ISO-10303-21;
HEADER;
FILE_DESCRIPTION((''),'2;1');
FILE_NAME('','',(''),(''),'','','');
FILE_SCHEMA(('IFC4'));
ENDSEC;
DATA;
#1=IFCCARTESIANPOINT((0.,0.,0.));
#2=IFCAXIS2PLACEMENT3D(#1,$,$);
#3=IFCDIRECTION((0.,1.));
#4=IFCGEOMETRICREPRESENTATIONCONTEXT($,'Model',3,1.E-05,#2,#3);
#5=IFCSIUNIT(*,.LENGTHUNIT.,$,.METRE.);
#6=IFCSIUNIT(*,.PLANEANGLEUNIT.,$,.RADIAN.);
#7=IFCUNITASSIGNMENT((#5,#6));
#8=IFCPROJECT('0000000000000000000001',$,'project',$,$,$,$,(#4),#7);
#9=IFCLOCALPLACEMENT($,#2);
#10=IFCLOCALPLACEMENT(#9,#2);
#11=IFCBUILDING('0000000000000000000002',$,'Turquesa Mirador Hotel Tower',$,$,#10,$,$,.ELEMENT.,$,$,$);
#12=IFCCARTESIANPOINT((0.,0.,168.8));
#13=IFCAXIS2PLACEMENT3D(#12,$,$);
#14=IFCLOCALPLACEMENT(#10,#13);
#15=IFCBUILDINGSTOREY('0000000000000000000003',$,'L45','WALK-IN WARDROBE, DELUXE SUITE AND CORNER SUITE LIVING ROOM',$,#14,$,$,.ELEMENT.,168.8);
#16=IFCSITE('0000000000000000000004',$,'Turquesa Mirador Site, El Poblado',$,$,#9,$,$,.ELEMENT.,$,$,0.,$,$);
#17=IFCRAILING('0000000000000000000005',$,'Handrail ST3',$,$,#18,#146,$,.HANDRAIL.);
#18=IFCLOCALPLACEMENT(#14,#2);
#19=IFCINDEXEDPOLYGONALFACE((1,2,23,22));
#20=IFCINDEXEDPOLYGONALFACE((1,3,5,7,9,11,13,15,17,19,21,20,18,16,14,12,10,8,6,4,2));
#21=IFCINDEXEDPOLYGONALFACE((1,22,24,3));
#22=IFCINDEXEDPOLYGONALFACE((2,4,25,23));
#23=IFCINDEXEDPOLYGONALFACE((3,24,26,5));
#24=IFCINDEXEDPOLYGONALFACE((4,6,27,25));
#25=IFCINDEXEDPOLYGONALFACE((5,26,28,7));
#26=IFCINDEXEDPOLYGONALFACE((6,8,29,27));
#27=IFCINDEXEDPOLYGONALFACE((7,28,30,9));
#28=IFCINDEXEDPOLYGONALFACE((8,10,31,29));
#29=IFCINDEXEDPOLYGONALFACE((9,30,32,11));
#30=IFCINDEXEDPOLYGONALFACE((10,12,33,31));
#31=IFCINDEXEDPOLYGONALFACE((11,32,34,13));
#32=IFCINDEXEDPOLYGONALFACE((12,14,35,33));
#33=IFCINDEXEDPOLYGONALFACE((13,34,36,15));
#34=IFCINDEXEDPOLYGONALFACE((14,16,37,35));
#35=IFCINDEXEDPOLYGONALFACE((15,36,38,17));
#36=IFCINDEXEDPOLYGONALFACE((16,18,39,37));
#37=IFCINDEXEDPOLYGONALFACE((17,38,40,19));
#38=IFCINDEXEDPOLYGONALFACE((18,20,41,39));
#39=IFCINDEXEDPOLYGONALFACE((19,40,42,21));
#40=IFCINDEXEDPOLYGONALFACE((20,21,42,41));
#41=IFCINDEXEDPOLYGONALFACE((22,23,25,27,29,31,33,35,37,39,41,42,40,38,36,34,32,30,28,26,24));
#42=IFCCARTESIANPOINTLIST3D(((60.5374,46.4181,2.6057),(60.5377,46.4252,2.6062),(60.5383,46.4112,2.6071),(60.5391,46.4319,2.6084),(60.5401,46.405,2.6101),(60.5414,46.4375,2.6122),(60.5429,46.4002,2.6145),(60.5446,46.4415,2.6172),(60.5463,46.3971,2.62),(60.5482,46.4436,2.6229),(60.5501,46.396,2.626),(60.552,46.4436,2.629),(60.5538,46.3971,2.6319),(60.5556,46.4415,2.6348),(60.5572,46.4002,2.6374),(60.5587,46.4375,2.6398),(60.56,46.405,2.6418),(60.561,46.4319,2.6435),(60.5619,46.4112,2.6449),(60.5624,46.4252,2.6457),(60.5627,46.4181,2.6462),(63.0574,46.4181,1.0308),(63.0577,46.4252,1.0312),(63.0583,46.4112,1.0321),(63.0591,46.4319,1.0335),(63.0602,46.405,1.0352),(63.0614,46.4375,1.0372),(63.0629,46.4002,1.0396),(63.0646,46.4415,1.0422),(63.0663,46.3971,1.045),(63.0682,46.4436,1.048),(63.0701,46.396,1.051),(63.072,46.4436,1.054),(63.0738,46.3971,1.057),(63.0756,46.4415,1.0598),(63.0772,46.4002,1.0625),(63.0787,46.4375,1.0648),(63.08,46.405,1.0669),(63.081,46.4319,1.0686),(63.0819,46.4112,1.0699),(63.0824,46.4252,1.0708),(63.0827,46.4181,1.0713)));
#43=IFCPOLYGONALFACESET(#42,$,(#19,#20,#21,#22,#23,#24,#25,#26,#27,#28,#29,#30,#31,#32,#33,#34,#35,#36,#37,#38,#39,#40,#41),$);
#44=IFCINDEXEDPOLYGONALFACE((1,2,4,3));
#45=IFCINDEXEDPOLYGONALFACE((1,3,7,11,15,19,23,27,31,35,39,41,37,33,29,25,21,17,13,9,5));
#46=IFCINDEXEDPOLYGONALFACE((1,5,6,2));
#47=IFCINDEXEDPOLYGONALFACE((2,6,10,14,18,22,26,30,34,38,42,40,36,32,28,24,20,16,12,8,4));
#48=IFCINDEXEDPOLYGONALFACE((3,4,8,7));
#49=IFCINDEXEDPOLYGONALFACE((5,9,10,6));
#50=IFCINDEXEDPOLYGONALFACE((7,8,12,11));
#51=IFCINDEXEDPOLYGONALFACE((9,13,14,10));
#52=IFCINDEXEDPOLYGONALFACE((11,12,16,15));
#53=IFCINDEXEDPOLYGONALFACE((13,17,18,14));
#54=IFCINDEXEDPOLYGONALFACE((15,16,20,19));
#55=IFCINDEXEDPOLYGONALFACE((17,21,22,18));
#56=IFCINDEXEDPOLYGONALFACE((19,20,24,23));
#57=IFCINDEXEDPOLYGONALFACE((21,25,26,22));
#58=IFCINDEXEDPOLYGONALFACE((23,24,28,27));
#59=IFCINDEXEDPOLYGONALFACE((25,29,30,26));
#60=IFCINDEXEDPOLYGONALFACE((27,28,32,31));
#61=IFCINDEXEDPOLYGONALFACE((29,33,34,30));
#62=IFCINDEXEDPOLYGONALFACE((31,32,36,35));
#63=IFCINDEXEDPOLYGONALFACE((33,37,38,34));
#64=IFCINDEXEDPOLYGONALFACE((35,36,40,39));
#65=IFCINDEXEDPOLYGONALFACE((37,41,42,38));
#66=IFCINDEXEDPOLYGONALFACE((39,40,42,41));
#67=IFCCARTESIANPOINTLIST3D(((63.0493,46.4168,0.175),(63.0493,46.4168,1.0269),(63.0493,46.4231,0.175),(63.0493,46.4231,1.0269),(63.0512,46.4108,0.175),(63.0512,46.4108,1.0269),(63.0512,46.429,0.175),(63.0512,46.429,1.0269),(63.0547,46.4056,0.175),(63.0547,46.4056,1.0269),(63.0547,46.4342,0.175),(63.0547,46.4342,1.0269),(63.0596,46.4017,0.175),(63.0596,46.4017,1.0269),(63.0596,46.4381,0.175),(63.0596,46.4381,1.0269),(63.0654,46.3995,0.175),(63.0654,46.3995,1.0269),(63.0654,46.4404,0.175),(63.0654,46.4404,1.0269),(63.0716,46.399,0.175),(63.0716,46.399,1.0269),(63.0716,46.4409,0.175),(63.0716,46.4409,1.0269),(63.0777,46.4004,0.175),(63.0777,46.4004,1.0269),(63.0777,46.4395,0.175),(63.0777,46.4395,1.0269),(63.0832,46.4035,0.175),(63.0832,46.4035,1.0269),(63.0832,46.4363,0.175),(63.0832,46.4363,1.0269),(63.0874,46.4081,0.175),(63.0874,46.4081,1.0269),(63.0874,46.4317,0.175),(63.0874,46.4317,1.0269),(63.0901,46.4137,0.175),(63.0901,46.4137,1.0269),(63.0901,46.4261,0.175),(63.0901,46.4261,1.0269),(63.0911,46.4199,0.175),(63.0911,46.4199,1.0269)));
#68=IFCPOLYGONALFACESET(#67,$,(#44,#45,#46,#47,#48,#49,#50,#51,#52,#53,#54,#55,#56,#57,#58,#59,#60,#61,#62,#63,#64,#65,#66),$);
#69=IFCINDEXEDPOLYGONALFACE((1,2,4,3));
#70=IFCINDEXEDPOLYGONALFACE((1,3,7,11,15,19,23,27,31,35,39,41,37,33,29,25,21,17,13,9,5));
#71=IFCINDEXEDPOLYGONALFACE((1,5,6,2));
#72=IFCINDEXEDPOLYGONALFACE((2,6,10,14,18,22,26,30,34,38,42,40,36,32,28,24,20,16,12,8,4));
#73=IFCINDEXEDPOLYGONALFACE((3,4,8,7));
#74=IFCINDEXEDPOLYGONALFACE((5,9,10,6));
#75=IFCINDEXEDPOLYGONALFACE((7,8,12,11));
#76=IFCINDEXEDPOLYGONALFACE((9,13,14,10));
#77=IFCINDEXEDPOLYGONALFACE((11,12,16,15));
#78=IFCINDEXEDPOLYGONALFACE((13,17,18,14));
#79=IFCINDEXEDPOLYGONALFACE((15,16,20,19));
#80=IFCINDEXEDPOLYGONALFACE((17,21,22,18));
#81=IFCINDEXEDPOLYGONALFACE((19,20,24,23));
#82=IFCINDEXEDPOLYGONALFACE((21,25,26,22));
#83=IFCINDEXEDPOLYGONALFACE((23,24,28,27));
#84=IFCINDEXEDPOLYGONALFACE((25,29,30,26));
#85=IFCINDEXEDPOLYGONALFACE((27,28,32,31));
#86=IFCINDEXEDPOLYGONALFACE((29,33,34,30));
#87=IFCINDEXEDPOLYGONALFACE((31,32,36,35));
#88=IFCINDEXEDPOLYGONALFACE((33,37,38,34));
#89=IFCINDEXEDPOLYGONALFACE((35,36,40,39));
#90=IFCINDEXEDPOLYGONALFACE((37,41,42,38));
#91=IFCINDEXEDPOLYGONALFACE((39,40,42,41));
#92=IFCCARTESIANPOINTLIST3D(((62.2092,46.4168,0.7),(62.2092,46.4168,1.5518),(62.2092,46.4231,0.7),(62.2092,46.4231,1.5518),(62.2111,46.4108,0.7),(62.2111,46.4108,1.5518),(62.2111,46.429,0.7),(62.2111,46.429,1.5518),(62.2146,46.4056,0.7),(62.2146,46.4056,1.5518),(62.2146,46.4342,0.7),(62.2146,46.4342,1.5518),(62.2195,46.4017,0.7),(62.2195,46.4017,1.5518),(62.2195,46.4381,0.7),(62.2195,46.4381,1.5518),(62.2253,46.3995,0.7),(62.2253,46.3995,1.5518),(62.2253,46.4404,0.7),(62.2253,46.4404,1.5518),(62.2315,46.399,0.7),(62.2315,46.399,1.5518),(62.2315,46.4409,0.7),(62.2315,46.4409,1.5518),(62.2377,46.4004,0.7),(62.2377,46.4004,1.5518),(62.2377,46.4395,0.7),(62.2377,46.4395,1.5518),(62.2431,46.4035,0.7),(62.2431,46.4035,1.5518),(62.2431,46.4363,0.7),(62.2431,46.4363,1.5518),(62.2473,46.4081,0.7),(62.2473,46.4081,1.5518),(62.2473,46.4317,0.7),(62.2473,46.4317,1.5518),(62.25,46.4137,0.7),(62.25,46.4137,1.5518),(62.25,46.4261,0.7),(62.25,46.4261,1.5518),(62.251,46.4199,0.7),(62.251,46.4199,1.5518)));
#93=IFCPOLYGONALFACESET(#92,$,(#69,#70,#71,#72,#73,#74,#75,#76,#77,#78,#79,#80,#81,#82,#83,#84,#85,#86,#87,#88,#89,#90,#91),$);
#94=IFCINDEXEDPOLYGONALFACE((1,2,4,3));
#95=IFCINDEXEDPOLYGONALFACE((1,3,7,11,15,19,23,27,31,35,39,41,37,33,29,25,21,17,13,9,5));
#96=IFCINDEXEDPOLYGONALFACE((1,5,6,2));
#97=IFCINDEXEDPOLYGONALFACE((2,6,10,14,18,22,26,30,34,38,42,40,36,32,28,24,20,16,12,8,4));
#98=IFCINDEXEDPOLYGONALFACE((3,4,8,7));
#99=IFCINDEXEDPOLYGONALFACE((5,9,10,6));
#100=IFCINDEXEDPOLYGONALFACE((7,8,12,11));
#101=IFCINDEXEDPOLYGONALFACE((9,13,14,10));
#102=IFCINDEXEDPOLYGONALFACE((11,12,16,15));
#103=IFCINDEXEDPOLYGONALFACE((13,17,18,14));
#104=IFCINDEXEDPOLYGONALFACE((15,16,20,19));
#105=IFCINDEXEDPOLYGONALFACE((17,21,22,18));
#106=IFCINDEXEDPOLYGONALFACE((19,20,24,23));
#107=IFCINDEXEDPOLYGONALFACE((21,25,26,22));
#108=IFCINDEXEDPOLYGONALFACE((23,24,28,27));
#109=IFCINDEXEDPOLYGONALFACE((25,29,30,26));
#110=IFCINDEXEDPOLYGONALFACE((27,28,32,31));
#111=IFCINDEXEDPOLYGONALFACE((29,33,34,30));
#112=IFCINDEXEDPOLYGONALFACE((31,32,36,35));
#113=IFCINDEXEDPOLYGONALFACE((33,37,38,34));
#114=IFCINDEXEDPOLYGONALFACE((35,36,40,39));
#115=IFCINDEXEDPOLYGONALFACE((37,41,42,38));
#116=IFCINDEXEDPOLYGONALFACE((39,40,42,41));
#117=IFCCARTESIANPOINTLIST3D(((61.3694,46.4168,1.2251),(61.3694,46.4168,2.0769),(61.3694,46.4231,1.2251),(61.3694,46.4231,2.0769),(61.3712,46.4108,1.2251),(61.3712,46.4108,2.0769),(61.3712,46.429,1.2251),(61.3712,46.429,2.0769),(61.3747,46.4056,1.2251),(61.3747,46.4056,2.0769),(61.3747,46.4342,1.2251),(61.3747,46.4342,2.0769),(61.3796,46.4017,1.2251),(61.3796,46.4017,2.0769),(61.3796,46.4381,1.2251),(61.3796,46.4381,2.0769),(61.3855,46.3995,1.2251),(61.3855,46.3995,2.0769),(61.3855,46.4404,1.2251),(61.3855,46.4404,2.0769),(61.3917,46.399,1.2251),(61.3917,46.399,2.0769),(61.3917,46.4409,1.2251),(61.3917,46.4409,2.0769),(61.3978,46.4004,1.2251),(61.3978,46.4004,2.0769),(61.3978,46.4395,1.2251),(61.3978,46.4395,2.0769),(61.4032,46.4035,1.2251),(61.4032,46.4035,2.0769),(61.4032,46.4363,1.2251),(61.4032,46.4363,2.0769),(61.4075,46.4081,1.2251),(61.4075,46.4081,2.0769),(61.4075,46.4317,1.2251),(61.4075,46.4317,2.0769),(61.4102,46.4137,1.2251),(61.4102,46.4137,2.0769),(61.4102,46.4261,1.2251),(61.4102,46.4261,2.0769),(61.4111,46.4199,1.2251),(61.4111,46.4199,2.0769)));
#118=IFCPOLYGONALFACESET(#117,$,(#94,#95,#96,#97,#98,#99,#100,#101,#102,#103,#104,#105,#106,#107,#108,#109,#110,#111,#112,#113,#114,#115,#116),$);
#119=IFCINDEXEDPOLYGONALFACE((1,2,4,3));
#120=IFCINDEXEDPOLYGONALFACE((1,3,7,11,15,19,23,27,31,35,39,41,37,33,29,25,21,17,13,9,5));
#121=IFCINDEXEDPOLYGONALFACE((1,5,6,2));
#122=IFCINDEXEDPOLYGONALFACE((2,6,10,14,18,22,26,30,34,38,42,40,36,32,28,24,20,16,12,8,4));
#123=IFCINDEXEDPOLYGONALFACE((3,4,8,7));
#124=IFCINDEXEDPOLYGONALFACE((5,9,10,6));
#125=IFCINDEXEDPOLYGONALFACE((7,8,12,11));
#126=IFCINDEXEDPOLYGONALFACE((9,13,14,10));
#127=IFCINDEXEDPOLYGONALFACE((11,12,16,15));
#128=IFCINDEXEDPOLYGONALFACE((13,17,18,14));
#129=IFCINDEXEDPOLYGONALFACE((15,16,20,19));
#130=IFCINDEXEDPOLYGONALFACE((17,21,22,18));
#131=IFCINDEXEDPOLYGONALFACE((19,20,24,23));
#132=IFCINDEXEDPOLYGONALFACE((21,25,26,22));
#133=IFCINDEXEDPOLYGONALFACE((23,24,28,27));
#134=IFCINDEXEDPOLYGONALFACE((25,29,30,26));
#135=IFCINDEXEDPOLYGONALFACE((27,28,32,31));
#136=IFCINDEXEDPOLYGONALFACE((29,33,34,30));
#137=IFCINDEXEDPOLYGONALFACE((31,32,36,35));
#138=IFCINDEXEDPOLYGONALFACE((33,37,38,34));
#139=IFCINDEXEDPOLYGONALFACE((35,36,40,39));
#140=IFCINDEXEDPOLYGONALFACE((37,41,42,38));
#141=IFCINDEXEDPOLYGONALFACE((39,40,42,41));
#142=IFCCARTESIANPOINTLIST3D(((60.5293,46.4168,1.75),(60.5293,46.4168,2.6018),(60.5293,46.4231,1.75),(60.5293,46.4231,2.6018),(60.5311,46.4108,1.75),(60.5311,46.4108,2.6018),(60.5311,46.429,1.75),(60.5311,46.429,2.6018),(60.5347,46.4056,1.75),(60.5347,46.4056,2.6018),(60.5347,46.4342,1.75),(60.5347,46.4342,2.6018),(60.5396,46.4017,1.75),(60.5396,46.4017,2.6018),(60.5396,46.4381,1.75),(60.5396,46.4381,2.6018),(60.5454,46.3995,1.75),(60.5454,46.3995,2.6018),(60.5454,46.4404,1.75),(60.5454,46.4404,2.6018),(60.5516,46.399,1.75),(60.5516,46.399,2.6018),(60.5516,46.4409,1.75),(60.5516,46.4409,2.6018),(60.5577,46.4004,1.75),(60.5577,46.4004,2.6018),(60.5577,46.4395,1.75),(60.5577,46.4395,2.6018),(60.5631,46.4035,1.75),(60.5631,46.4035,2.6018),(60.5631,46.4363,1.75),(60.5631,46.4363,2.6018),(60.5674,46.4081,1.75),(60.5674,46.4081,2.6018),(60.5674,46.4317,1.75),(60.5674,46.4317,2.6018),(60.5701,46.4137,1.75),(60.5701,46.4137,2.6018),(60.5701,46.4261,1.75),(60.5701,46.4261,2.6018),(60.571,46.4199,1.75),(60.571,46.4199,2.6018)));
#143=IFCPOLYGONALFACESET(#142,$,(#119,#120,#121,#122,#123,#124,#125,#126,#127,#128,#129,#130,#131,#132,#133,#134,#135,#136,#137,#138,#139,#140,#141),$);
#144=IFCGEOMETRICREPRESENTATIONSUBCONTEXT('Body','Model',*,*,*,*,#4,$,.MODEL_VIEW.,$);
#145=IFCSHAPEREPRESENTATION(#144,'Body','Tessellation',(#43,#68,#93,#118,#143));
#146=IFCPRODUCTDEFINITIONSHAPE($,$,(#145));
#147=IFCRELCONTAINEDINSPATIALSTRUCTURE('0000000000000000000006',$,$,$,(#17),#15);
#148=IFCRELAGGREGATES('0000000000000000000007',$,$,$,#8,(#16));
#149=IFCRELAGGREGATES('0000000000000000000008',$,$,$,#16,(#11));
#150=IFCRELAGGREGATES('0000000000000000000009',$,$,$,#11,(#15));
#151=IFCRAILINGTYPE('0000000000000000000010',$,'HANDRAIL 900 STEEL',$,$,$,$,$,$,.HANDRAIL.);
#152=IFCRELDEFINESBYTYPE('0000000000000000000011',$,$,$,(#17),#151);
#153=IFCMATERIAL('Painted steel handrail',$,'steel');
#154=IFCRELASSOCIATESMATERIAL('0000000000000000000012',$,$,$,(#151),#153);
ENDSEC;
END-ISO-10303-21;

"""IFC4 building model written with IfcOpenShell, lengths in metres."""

from ifc_helpers import new_model, si_unit, direction, frame, origin, origin_2d, place, context, subcontext, project, spatial, circle, extrude, material, type_object, element, save


model = new_model("IFC4")

# Units and contexts
model_context = context("Model", 3, precision=1e-05, world=origin(), true_north=direction((0.0, 1.0)))
body_context = subcontext(model_context, "Body", "Model", "MODEL_VIEW")
ifc_project = project(units=[si_unit("LENGTHUNIT", "METRE"), si_unit("PLANEANGLEUNIT", "RADIAN")], contexts=[model_context])

# Site, building, storey
site_placement = place(None, origin())
site = spatial("IfcSite", under=ifc_project, at=site_placement, Name="Turquesa Mirador Site, El Poblado", CompositionType="ELEMENT", RefElevation=0.0)
building_placement = place(site_placement, origin())
building = spatial("IfcBuilding", under=site, at=building_placement, Name="Turquesa Mirador Hotel Tower", CompositionType="ELEMENT")
storey_placement = place(building_placement, frame((0.0, 0.0, 168.8)))
storey = spatial("IfcBuildingStorey", under=building, at=storey_placement, Name="L45", Description="WALK-IN WARDROBE, DELUXE SUITE AND CORNER SUITE LIVING ROOM", CompositionType="ELEMENT", Elevation=168.8)

# Railing
ifc_material_1 = material(Name="Painted steel handrail", Category="steel")
railing_type = type_object("IfcRailingType", Name="HANDRAIL 900 STEEL", PredefinedType="HANDRAIL", material=ifc_material_1)
railing_1_placement = place(storey_placement, frame((63.0701, 46.4199, 0.175)))
element("IfcRailing", 1, at=railing_1_placement, inside=storey, type_object=railing_type, Name="Handrail ST3", PredefinedType="HANDRAIL", context=body_context, shape_type="SweptSolid", body=[
    extrude(circle(Radius=0.0239, at=origin_2d()), frame((0.0, 0.0, 0.876), z_axis=(-0.848008, 0.0, 0.529984), x_axis=(0.0, -1.0, 0.0)), (0.0, 0.0, 1.0), 2.9717),
    extrude(circle(Radius=0.021, at=origin_2d()), origin(), (0.0, 0.0, 1.0), 0.8518),
    extrude(circle(Radius=0.021, at=origin_2d()), frame((-0.8401, 0.0, 0.5249)), (0.0, 0.0, 1.0), 0.8518),
    extrude(circle(Radius=0.021, at=origin_2d()), frame((-1.6799, 0.0, 1.05)), (0.0, 0.0, 1.0), 0.8518),
    extrude(circle(Radius=0.021, at=origin_2d()), frame((-2.52, 0.0, 1.575)), (0.0, 0.0, 1.0), 0.8518),
])

save(model, "model.ifc")
